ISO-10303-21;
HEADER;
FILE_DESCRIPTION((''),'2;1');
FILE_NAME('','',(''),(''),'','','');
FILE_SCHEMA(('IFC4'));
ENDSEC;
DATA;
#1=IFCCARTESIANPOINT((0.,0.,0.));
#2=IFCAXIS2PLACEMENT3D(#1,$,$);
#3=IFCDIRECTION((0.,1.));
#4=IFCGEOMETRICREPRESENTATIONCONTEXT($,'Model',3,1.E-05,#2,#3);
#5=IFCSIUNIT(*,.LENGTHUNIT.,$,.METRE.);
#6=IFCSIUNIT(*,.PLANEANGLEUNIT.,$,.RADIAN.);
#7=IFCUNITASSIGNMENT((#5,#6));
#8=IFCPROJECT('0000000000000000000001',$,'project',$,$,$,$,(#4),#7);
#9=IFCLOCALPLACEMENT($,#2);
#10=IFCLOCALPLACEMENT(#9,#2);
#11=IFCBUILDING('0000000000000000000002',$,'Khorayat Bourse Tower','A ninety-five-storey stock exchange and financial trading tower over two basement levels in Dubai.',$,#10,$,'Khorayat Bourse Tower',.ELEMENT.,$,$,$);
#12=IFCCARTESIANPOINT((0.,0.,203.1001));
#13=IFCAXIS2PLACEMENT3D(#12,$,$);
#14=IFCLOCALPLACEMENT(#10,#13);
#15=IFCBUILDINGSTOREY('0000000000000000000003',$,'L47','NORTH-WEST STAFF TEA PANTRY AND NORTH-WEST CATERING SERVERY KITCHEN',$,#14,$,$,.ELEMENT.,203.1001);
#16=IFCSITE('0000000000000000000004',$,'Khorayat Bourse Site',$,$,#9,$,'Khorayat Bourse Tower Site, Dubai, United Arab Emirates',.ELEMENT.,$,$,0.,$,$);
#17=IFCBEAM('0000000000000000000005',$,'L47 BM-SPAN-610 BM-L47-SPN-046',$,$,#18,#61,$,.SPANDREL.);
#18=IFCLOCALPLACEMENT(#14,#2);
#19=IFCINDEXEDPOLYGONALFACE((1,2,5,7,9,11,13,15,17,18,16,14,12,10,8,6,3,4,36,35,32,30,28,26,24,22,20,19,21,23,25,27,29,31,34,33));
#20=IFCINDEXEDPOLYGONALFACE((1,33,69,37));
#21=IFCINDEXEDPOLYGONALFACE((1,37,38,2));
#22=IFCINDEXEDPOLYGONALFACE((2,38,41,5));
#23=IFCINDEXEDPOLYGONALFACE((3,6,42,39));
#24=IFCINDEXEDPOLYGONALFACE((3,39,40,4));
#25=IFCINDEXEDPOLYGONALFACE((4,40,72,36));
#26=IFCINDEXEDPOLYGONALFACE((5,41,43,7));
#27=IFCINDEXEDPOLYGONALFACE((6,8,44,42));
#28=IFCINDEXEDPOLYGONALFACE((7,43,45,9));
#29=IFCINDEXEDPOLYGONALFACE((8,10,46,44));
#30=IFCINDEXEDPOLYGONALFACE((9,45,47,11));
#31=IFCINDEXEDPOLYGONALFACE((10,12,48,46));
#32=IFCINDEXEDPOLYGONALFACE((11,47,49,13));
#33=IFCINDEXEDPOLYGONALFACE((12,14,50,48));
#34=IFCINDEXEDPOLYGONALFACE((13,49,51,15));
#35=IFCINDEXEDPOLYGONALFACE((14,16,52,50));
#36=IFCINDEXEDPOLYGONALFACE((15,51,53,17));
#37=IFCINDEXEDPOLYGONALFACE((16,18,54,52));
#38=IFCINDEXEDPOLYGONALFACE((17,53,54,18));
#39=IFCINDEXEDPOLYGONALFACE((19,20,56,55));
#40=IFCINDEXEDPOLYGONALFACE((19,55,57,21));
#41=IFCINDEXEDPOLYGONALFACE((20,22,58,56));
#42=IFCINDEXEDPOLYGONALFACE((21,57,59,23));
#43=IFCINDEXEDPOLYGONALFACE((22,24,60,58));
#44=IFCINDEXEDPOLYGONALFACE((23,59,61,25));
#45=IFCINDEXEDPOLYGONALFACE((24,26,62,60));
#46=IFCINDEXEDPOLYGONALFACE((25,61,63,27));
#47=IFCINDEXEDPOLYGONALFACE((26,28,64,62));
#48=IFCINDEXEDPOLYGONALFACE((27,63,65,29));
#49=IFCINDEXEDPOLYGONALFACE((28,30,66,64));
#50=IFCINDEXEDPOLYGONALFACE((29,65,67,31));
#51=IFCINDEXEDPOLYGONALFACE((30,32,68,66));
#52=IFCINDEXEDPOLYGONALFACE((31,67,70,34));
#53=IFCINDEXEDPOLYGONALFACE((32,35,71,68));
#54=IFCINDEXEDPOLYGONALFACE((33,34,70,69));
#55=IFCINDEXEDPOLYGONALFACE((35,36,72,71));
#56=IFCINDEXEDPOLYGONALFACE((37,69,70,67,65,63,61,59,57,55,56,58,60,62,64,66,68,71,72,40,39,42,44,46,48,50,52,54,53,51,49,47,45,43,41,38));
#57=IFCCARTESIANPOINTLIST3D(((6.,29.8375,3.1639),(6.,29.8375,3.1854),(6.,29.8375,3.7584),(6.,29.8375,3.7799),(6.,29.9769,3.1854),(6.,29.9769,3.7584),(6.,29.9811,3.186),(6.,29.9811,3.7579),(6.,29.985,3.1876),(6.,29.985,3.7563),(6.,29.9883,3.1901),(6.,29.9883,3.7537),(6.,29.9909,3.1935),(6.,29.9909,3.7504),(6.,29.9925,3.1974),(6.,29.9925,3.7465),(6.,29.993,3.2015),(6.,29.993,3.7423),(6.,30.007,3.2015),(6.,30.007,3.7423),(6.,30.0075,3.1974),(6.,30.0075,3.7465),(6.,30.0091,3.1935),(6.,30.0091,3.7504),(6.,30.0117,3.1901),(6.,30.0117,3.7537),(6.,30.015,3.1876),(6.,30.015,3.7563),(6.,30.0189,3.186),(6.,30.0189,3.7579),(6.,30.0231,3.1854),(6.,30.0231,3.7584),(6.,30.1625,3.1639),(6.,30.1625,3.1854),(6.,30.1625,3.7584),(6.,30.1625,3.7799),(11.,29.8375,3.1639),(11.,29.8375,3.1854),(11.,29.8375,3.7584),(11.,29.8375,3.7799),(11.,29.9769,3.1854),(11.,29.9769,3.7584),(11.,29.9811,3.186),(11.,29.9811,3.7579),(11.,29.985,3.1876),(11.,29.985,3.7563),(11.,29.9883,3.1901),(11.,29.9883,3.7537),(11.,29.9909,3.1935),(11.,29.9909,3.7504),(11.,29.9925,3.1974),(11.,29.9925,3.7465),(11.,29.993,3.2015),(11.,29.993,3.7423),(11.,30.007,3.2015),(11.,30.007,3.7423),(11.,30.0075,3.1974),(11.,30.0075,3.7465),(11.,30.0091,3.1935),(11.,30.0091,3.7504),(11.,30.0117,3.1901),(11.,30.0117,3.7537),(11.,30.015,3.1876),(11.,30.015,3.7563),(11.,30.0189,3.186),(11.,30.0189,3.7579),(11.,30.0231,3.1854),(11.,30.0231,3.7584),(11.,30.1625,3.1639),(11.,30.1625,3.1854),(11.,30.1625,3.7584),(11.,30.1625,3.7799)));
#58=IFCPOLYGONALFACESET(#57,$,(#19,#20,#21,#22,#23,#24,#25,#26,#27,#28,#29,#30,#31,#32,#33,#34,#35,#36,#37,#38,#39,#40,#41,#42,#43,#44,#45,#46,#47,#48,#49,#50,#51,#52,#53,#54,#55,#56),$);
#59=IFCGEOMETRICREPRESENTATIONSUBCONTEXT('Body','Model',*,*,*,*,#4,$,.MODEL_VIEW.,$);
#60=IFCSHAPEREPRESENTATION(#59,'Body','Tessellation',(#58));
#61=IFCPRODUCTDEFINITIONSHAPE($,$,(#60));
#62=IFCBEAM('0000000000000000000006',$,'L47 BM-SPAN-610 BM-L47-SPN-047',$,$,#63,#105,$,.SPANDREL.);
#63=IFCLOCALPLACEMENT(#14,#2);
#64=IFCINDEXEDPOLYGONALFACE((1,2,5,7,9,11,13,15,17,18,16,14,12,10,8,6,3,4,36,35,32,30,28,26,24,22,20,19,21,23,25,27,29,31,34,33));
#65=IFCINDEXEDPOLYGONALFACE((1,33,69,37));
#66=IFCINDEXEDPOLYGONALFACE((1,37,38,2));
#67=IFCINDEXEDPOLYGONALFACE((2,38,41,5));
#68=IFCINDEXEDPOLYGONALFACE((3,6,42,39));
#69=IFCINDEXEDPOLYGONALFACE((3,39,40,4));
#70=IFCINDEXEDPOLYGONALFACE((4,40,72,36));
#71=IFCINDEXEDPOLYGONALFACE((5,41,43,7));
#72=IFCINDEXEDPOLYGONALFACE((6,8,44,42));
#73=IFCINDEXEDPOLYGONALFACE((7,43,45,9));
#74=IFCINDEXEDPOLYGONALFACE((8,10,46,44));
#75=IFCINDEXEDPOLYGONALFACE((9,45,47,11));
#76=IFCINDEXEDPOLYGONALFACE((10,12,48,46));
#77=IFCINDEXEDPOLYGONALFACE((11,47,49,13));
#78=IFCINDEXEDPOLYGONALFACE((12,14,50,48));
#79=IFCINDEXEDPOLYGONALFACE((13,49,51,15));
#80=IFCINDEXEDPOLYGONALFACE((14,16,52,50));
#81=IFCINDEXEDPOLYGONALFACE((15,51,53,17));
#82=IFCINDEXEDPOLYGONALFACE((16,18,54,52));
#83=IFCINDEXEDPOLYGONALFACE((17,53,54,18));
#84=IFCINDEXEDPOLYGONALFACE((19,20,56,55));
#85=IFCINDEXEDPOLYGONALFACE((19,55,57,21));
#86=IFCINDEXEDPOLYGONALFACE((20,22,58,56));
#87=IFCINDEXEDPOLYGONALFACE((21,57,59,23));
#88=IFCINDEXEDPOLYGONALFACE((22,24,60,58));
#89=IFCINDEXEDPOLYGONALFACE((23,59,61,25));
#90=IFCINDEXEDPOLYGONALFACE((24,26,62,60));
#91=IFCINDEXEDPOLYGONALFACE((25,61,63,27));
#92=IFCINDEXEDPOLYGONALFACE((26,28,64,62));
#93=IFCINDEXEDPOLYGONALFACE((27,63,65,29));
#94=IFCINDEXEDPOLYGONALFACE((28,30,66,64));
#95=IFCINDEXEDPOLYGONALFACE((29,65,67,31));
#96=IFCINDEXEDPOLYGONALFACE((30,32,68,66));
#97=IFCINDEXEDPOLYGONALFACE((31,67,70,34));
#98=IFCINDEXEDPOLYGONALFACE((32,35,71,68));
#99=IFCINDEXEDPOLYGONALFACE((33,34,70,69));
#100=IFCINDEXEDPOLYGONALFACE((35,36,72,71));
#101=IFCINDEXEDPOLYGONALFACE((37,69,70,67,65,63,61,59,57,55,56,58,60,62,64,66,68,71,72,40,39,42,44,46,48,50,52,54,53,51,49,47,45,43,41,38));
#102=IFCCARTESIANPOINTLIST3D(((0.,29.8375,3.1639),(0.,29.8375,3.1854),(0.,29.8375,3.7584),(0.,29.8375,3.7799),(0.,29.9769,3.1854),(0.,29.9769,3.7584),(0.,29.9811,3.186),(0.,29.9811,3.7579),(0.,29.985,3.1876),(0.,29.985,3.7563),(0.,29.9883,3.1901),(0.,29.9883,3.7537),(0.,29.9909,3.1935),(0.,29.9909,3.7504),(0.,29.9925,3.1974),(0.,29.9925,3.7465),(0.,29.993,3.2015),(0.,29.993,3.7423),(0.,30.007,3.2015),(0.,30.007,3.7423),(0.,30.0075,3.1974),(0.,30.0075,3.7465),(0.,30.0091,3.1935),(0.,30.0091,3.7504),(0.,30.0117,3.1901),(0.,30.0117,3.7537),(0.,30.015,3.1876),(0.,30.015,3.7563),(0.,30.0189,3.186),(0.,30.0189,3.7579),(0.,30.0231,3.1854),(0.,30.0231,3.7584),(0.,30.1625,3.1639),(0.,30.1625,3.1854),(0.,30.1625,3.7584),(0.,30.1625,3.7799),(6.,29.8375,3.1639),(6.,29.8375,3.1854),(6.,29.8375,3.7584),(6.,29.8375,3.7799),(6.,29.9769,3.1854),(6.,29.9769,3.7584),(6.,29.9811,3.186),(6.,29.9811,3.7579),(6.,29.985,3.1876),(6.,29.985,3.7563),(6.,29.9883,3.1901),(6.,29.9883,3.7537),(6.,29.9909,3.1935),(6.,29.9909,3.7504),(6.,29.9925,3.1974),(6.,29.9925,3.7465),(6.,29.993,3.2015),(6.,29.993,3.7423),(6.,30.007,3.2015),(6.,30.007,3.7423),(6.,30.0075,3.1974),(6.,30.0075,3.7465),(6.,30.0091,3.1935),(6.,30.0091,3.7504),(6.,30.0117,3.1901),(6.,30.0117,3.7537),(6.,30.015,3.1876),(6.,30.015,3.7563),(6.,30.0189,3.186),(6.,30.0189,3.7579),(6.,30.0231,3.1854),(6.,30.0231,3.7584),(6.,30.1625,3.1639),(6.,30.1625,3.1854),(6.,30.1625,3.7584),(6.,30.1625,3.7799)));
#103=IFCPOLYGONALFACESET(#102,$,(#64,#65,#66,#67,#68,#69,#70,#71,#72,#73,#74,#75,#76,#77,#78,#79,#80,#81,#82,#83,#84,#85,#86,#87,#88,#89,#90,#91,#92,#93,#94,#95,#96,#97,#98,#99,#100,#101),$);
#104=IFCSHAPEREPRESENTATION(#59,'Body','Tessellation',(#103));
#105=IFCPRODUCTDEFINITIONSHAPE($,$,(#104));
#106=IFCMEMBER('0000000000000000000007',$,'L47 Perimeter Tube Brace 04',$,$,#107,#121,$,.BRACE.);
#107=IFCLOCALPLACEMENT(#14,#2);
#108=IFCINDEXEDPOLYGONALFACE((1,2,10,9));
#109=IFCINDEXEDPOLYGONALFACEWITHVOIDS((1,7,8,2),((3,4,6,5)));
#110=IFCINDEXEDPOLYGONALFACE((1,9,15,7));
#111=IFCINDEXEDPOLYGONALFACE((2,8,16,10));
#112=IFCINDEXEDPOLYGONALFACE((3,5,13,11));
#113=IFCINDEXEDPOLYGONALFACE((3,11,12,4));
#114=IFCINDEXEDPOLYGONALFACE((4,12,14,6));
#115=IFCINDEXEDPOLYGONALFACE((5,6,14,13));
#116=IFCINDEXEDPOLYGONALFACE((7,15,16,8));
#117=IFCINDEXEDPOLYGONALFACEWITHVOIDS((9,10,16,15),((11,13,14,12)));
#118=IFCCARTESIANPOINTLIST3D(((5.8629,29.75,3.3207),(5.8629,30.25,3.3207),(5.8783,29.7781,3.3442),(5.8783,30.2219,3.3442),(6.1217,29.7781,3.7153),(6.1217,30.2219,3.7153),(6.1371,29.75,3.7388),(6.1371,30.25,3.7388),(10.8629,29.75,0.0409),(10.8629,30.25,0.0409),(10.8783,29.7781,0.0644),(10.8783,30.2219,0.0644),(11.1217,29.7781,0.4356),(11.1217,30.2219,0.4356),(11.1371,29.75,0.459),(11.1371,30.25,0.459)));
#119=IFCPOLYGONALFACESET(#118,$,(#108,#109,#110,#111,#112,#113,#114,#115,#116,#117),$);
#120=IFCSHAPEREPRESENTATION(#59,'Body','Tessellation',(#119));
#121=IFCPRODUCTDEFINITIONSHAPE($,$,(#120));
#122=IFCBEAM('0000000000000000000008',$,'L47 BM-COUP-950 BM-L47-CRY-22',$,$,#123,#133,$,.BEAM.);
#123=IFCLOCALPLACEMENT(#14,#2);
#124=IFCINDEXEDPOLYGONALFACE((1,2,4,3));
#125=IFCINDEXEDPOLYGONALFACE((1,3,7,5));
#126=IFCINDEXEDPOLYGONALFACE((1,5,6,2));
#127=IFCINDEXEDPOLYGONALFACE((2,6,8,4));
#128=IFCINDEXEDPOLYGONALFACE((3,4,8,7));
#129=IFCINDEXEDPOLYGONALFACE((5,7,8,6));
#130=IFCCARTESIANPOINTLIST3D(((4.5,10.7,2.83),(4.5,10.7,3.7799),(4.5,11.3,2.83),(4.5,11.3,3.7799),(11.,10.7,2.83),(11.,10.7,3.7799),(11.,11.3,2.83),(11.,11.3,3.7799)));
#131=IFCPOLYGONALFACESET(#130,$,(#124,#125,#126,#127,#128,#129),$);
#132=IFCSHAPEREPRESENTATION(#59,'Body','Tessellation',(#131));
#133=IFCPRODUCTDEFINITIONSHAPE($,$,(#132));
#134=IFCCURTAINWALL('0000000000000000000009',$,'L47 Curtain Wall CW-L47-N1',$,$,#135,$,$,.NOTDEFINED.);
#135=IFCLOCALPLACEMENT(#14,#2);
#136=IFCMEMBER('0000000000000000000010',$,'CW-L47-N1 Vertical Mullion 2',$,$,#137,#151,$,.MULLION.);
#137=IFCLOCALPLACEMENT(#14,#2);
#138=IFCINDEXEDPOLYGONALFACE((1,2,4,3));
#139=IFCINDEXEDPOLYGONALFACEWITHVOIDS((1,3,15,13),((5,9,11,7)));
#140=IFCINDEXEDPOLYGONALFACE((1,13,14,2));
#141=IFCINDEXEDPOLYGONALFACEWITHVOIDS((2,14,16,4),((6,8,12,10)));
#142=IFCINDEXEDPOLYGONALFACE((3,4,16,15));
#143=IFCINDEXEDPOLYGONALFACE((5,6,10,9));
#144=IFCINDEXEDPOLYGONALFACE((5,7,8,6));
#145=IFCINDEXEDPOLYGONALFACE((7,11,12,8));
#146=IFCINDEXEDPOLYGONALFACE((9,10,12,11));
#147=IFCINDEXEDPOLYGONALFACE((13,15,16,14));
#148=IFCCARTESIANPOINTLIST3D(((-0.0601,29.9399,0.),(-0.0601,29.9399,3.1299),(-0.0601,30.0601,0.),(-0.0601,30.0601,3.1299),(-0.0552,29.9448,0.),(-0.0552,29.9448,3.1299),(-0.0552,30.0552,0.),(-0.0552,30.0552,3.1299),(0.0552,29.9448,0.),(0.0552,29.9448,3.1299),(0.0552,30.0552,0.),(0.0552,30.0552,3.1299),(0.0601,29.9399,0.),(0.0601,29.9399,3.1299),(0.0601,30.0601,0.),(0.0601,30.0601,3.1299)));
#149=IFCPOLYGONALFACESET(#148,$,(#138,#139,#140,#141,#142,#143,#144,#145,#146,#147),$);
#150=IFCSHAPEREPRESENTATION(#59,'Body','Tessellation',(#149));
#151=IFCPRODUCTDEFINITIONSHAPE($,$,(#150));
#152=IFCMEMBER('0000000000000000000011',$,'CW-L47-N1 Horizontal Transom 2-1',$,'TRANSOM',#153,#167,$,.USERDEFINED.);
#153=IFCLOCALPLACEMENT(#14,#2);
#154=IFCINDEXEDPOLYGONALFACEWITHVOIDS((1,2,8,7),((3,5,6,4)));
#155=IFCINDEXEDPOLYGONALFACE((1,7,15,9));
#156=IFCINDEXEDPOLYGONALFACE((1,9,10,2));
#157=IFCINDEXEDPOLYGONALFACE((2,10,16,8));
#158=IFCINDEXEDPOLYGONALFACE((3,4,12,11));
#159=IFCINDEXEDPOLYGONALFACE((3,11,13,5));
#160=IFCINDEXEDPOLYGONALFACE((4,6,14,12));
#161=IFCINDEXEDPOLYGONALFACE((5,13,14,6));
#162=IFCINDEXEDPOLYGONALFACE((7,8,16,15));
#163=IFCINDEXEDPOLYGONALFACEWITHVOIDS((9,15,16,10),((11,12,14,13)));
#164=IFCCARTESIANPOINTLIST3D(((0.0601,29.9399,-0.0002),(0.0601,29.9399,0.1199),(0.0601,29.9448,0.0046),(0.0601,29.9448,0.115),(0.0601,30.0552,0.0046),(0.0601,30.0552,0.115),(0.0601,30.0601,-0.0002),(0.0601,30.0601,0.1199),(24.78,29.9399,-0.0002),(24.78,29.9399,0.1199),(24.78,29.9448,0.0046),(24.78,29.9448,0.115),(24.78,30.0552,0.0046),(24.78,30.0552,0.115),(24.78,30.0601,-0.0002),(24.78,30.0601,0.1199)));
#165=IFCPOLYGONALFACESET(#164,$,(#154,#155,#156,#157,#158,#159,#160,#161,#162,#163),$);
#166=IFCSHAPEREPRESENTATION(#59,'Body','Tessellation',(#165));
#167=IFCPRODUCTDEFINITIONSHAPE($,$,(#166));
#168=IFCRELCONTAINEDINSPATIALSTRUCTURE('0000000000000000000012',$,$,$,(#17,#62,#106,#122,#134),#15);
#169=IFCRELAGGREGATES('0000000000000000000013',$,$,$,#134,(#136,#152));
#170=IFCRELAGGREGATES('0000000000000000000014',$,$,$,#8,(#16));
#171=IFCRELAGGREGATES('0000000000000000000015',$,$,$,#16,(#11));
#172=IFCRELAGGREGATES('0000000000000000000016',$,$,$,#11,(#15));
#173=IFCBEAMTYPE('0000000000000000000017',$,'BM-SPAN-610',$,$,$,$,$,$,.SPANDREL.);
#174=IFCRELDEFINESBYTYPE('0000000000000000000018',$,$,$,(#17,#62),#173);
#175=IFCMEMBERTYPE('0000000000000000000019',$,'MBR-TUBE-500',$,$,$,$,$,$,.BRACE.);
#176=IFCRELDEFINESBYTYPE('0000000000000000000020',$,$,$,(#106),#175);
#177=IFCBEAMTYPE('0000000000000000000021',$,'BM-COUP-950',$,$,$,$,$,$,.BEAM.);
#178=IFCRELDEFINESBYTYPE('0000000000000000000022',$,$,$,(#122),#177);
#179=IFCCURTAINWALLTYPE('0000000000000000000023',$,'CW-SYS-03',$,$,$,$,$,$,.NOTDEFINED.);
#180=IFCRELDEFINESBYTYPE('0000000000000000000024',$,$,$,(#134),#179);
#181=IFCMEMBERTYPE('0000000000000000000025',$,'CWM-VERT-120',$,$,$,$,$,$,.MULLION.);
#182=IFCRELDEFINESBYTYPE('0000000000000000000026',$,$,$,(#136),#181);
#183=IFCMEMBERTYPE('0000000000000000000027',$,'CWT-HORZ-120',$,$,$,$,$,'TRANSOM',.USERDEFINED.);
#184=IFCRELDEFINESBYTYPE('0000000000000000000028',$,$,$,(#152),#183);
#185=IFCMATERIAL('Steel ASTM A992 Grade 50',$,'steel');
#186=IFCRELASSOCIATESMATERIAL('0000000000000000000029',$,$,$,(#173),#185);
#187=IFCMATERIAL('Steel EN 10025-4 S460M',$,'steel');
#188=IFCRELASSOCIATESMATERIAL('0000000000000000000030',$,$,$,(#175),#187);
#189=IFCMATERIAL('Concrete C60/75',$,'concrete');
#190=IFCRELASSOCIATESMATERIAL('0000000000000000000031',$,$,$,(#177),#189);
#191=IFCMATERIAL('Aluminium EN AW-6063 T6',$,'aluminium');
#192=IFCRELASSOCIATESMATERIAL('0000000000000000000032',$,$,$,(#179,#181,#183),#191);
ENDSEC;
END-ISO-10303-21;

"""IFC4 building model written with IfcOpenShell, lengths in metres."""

from ifc_helpers import new_model, si_unit, direction, frame, origin, origin_2d, place, context, subcontext, project, spatial, rectangle, hollow_rectangle, i_section, extrude, source, transform, mapped, material, material_profile, profile_set, type_object, element, aggregate, save


model = new_model("IFC4")

# Units and contexts
model_context = context("Model", 3, precision=1e-05, world=origin(), true_north=direction((0.0, 1.0)))
body_context = subcontext(model_context, "Body", "Model", "MODEL_VIEW")
ifc_project = project(units=[si_unit("LENGTHUNIT", "METRE"), si_unit("PLANEANGLEUNIT", "RADIAN")], contexts=[model_context])

# Site, building, storey
site_placement = place(None, origin())
site = spatial("IfcSite", under=ifc_project, at=site_placement, Name="Khorayat Bourse Site", LongName="Khorayat Bourse Tower Site, Dubai, United Arab Emirates", CompositionType="ELEMENT", RefElevation=0.0)
building_placement = place(site_placement, origin())
building = spatial("IfcBuilding", under=site, at=building_placement, Name="Khorayat Bourse Tower", Description="A ninety-five-storey stock exchange and financial trading tower over two basement levels in Dubai.", LongName="Khorayat Bourse Tower", CompositionType="ELEMENT")
storey_placement = place(building_placement, frame((0.0, 0.0, 203.1001)))
storey = spatial("IfcBuildingStorey", under=building, at=storey_placement, Name="L47", Description="NORTH-WEST STAFF TEA PANTRY AND NORTH-WEST CATERING SERVERY KITCHEN", CompositionType="ELEMENT", Elevation=203.1001)

# Shared definitions
ifc_material_1 = material(Name="Steel EN 10025-4 S460M", Category="steel")
ifc_material_2 = material(Name="Concrete C60/75", Category="concrete")

# Beams
ifc_material_3 = material(Name="Steel ASTM A992 Grade 50", Category="steel")
ifc_material_profile_1 = material_profile(ifc_material_3, i_section(OverallWidth=0.325, OverallDepth=0.616, WebThickness=0.0139, FlangeThickness=0.0215, FilletRadius=0.0161, at=origin_2d()), Name="W610X174")
ifc_profile_set_1 = profile_set([ifc_material_profile_1], Name="Steel ASTM A992 Grade 50")
beam_type_1 = type_object("IfcBeamType", Name="BM-SPAN-610", PredefinedType="SPANDREL", material=ifc_profile_set_1)
shared_shape_1 = source(origin(), body_context, "Body", "SweptSolid", [
    extrude(i_section(OverallWidth=0.325, OverallDepth=0.616, WebThickness=0.0139, FlangeThickness=0.0215, FilletRadius=0.0161, at=origin_2d()), origin(), (0.0, 0.0, 1.0), 5.0),
])
beam_1_placement = place(storey_placement, frame((6.0, 30.0, 3.4719), z_axis=(1.0, 0.0, 0.0), x_axis=(0.0, 1.0, 0.0)))
element("IfcBeam", 1, at=beam_1_placement, inside=storey, type_object=beam_type_1, Name="L47 BM-SPAN-610 BM-L47-SPN-046", PredefinedType="SPANDREL", context=body_context, shape_type="MappedRepresentation", body=[
    mapped(shared_shape_1, transform((0.0, 0.0, 0.0), scale=1.0)),
])
shared_shape_2 = source(origin(), body_context, "Body", "SweptSolid", [
    extrude(i_section(OverallWidth=0.325, OverallDepth=0.616, WebThickness=0.0139, FlangeThickness=0.0215, FilletRadius=0.0161, at=origin_2d()), origin(), (0.0, 0.0, 1.0), 6.0),
])
beam_2_placement = place(storey_placement, frame((0.0, 30.0, 3.4719), z_axis=(1.0, 0.0, 0.0), x_axis=(0.0, 1.0, 0.0)))
element("IfcBeam", 2, at=beam_2_placement, inside=storey, type_object=beam_type_1, Name="L47 BM-SPAN-610 BM-L47-SPN-047", PredefinedType="SPANDREL", context=body_context, shape_type="MappedRepresentation", body=[
    mapped(shared_shape_2, transform((0.0, 0.0, 0.0), scale=1.0)),
])

# Member
ifc_material_profile_2 = material_profile(ifc_material_1, hollow_rectangle(XDim=0.5, YDim=0.5, WallThickness=0.0281, at=origin_2d()), Name="HSS 500x500x28")
ifc_profile_set_2 = profile_set([ifc_material_profile_2], Name="Steel EN 10025-4 S460M")
member_type_1 = type_object("IfcMemberType", Name="MBR-TUBE-500", PredefinedType="BRACE", material=ifc_profile_set_2)
shared_shape_3 = source(origin(), body_context, "Body", "SweptSolid", [
    extrude(hollow_rectangle(XDim=0.5, YDim=0.5, WallThickness=0.0281, at=origin_2d()), origin(), (0.0, 0.0, 1.0), 5.9797),
])
member_1_placement = place(storey_placement, frame((6.0, 30.0, 3.5298), z_axis=(0.83616, 0.0, -0.548485), x_axis=(0.0, 1.0, 0.0)))
element("IfcMember", 3, at=member_1_placement, inside=storey, type_object=member_type_1, Name="L47 Perimeter Tube Brace 04", PredefinedType="BRACE", context=body_context, shape_type="MappedRepresentation", body=[
    mapped(shared_shape_3, transform((0.0, 0.0, 0.0), scale=1.0)),
])

# Beam
ifc_material_profile_3 = material_profile(ifc_material_2, rectangle(XDim=0.6001, YDim=0.95, at=origin_2d()), Name="RC 600x950")
ifc_profile_set_3 = profile_set([ifc_material_profile_3], Name="Concrete C60/75")
beam_type_2 = type_object("IfcBeamType", Name="BM-COUP-950", PredefinedType="BEAM", material=ifc_profile_set_3)
shared_shape_4 = source(origin(), body_context, "Body", "SweptSolid", [
    extrude(rectangle(XDim=0.6001, YDim=0.95, at=origin_2d()), origin(), (0.0, 0.0, 1.0), 6.5),
])
beam_3_placement = place(storey_placement, frame((4.5, 11.0, 3.3049), z_axis=(1.0, 0.0, 0.0), x_axis=(0.0, 1.0, 0.0)))
element("IfcBeam", 4, at=beam_3_placement, inside=storey, type_object=beam_type_2, Name="L47 BM-COUP-950 BM-L47-CRY-22", PredefinedType="BEAM", context=body_context, shape_type="MappedRepresentation", body=[
    mapped(shared_shape_4, transform((0.0, 0.0, 0.0), scale=1.0)),
])

# Curtain wall, members
ifc_material_4 = material(Name="Aluminium EN AW-6063 T6", Category="aluminium")
curtain_wall_type = type_object("IfcCurtainWallType", Name="CW-SYS-03", PredefinedType="NOTDEFINED", material=ifc_material_4)
curtain_wall_placement = place(storey_placement, origin())
curtain_wall = element("IfcCurtainWall", 5, at=curtain_wall_placement, inside=storey, type_object=curtain_wall_type, Name="L47 Curtain Wall CW-L47-N1", PredefinedType="NOTDEFINED")
ifc_material_profile_4 = material_profile(ifc_material_4, hollow_rectangle(XDim=0.1201, YDim=0.1201, WallThickness=0.0049, at=origin_2d()), Name="ALU 120x120x5")
ifc_profile_set_4 = profile_set([ifc_material_profile_4], Name="Aluminium EN AW-6063 T6")
member_type_2 = type_object("IfcMemberType", Name="CWM-VERT-120", PredefinedType="MULLION", material=ifc_profile_set_4)
shared_shape_5 = source(origin(), body_context, "Body", "SweptSolid", [
    extrude(hollow_rectangle(XDim=0.1201, YDim=0.1201, WallThickness=0.0049, at=origin_2d()), origin(), (0.0, 0.0, 1.0), 3.1299),
])
member_2_placement = place(storey_placement, frame((0.0, 30.0, 0.0), z_axis=(0.0, 0.0, 1.0), x_axis=(0.0, 1.0, 0.0)))
member_2 = element("IfcMember", 6, at=member_2_placement, type_object=member_type_2, Name="CW-L47-N1 Vertical Mullion 2", PredefinedType="MULLION", context=body_context, shape_type="MappedRepresentation", body=[
    mapped(shared_shape_5, transform((0.0, 0.0, 0.0), scale=1.0)),
])
ifc_material_profile_5 = material_profile(ifc_material_4, hollow_rectangle(XDim=0.1201, YDim=0.1201, WallThickness=0.0049, at=origin_2d()), Name="ALU 120x120x5")
ifc_profile_set_5 = profile_set([ifc_material_profile_5], Name="Aluminium EN AW-6063 T6")
member_type_3 = type_object("IfcMemberType", Name="CWT-HORZ-120", ElementType="TRANSOM", PredefinedType="USERDEFINED", material=ifc_profile_set_5)
shared_shape_6 = source(origin(), body_context, "Body", "SweptSolid", [
    extrude(hollow_rectangle(XDim=0.1201, YDim=0.1201, WallThickness=0.0049, at=origin_2d()), origin(), (0.0, 0.0, 1.0), 24.72),
])
member_3_placement = place(storey_placement, frame((0.0601, 30.0, 0.0598), z_axis=(1.0, 0.0, 0.0), x_axis=(0.0, 1.0, 0.0)))
member_3 = element("IfcMember", 7, at=member_3_placement, type_object=member_type_3, Name="CW-L47-N1 Horizontal Transom 2-1", ObjectType="TRANSOM", PredefinedType="USERDEFINED", context=body_context, shape_type="MappedRepresentation", body=[
    mapped(shared_shape_6, transform((0.0, 0.0, 0.0), scale=1.0)),
])
aggregate(curtain_wall, [member_2, member_3])

save(model, "model.ifc")
